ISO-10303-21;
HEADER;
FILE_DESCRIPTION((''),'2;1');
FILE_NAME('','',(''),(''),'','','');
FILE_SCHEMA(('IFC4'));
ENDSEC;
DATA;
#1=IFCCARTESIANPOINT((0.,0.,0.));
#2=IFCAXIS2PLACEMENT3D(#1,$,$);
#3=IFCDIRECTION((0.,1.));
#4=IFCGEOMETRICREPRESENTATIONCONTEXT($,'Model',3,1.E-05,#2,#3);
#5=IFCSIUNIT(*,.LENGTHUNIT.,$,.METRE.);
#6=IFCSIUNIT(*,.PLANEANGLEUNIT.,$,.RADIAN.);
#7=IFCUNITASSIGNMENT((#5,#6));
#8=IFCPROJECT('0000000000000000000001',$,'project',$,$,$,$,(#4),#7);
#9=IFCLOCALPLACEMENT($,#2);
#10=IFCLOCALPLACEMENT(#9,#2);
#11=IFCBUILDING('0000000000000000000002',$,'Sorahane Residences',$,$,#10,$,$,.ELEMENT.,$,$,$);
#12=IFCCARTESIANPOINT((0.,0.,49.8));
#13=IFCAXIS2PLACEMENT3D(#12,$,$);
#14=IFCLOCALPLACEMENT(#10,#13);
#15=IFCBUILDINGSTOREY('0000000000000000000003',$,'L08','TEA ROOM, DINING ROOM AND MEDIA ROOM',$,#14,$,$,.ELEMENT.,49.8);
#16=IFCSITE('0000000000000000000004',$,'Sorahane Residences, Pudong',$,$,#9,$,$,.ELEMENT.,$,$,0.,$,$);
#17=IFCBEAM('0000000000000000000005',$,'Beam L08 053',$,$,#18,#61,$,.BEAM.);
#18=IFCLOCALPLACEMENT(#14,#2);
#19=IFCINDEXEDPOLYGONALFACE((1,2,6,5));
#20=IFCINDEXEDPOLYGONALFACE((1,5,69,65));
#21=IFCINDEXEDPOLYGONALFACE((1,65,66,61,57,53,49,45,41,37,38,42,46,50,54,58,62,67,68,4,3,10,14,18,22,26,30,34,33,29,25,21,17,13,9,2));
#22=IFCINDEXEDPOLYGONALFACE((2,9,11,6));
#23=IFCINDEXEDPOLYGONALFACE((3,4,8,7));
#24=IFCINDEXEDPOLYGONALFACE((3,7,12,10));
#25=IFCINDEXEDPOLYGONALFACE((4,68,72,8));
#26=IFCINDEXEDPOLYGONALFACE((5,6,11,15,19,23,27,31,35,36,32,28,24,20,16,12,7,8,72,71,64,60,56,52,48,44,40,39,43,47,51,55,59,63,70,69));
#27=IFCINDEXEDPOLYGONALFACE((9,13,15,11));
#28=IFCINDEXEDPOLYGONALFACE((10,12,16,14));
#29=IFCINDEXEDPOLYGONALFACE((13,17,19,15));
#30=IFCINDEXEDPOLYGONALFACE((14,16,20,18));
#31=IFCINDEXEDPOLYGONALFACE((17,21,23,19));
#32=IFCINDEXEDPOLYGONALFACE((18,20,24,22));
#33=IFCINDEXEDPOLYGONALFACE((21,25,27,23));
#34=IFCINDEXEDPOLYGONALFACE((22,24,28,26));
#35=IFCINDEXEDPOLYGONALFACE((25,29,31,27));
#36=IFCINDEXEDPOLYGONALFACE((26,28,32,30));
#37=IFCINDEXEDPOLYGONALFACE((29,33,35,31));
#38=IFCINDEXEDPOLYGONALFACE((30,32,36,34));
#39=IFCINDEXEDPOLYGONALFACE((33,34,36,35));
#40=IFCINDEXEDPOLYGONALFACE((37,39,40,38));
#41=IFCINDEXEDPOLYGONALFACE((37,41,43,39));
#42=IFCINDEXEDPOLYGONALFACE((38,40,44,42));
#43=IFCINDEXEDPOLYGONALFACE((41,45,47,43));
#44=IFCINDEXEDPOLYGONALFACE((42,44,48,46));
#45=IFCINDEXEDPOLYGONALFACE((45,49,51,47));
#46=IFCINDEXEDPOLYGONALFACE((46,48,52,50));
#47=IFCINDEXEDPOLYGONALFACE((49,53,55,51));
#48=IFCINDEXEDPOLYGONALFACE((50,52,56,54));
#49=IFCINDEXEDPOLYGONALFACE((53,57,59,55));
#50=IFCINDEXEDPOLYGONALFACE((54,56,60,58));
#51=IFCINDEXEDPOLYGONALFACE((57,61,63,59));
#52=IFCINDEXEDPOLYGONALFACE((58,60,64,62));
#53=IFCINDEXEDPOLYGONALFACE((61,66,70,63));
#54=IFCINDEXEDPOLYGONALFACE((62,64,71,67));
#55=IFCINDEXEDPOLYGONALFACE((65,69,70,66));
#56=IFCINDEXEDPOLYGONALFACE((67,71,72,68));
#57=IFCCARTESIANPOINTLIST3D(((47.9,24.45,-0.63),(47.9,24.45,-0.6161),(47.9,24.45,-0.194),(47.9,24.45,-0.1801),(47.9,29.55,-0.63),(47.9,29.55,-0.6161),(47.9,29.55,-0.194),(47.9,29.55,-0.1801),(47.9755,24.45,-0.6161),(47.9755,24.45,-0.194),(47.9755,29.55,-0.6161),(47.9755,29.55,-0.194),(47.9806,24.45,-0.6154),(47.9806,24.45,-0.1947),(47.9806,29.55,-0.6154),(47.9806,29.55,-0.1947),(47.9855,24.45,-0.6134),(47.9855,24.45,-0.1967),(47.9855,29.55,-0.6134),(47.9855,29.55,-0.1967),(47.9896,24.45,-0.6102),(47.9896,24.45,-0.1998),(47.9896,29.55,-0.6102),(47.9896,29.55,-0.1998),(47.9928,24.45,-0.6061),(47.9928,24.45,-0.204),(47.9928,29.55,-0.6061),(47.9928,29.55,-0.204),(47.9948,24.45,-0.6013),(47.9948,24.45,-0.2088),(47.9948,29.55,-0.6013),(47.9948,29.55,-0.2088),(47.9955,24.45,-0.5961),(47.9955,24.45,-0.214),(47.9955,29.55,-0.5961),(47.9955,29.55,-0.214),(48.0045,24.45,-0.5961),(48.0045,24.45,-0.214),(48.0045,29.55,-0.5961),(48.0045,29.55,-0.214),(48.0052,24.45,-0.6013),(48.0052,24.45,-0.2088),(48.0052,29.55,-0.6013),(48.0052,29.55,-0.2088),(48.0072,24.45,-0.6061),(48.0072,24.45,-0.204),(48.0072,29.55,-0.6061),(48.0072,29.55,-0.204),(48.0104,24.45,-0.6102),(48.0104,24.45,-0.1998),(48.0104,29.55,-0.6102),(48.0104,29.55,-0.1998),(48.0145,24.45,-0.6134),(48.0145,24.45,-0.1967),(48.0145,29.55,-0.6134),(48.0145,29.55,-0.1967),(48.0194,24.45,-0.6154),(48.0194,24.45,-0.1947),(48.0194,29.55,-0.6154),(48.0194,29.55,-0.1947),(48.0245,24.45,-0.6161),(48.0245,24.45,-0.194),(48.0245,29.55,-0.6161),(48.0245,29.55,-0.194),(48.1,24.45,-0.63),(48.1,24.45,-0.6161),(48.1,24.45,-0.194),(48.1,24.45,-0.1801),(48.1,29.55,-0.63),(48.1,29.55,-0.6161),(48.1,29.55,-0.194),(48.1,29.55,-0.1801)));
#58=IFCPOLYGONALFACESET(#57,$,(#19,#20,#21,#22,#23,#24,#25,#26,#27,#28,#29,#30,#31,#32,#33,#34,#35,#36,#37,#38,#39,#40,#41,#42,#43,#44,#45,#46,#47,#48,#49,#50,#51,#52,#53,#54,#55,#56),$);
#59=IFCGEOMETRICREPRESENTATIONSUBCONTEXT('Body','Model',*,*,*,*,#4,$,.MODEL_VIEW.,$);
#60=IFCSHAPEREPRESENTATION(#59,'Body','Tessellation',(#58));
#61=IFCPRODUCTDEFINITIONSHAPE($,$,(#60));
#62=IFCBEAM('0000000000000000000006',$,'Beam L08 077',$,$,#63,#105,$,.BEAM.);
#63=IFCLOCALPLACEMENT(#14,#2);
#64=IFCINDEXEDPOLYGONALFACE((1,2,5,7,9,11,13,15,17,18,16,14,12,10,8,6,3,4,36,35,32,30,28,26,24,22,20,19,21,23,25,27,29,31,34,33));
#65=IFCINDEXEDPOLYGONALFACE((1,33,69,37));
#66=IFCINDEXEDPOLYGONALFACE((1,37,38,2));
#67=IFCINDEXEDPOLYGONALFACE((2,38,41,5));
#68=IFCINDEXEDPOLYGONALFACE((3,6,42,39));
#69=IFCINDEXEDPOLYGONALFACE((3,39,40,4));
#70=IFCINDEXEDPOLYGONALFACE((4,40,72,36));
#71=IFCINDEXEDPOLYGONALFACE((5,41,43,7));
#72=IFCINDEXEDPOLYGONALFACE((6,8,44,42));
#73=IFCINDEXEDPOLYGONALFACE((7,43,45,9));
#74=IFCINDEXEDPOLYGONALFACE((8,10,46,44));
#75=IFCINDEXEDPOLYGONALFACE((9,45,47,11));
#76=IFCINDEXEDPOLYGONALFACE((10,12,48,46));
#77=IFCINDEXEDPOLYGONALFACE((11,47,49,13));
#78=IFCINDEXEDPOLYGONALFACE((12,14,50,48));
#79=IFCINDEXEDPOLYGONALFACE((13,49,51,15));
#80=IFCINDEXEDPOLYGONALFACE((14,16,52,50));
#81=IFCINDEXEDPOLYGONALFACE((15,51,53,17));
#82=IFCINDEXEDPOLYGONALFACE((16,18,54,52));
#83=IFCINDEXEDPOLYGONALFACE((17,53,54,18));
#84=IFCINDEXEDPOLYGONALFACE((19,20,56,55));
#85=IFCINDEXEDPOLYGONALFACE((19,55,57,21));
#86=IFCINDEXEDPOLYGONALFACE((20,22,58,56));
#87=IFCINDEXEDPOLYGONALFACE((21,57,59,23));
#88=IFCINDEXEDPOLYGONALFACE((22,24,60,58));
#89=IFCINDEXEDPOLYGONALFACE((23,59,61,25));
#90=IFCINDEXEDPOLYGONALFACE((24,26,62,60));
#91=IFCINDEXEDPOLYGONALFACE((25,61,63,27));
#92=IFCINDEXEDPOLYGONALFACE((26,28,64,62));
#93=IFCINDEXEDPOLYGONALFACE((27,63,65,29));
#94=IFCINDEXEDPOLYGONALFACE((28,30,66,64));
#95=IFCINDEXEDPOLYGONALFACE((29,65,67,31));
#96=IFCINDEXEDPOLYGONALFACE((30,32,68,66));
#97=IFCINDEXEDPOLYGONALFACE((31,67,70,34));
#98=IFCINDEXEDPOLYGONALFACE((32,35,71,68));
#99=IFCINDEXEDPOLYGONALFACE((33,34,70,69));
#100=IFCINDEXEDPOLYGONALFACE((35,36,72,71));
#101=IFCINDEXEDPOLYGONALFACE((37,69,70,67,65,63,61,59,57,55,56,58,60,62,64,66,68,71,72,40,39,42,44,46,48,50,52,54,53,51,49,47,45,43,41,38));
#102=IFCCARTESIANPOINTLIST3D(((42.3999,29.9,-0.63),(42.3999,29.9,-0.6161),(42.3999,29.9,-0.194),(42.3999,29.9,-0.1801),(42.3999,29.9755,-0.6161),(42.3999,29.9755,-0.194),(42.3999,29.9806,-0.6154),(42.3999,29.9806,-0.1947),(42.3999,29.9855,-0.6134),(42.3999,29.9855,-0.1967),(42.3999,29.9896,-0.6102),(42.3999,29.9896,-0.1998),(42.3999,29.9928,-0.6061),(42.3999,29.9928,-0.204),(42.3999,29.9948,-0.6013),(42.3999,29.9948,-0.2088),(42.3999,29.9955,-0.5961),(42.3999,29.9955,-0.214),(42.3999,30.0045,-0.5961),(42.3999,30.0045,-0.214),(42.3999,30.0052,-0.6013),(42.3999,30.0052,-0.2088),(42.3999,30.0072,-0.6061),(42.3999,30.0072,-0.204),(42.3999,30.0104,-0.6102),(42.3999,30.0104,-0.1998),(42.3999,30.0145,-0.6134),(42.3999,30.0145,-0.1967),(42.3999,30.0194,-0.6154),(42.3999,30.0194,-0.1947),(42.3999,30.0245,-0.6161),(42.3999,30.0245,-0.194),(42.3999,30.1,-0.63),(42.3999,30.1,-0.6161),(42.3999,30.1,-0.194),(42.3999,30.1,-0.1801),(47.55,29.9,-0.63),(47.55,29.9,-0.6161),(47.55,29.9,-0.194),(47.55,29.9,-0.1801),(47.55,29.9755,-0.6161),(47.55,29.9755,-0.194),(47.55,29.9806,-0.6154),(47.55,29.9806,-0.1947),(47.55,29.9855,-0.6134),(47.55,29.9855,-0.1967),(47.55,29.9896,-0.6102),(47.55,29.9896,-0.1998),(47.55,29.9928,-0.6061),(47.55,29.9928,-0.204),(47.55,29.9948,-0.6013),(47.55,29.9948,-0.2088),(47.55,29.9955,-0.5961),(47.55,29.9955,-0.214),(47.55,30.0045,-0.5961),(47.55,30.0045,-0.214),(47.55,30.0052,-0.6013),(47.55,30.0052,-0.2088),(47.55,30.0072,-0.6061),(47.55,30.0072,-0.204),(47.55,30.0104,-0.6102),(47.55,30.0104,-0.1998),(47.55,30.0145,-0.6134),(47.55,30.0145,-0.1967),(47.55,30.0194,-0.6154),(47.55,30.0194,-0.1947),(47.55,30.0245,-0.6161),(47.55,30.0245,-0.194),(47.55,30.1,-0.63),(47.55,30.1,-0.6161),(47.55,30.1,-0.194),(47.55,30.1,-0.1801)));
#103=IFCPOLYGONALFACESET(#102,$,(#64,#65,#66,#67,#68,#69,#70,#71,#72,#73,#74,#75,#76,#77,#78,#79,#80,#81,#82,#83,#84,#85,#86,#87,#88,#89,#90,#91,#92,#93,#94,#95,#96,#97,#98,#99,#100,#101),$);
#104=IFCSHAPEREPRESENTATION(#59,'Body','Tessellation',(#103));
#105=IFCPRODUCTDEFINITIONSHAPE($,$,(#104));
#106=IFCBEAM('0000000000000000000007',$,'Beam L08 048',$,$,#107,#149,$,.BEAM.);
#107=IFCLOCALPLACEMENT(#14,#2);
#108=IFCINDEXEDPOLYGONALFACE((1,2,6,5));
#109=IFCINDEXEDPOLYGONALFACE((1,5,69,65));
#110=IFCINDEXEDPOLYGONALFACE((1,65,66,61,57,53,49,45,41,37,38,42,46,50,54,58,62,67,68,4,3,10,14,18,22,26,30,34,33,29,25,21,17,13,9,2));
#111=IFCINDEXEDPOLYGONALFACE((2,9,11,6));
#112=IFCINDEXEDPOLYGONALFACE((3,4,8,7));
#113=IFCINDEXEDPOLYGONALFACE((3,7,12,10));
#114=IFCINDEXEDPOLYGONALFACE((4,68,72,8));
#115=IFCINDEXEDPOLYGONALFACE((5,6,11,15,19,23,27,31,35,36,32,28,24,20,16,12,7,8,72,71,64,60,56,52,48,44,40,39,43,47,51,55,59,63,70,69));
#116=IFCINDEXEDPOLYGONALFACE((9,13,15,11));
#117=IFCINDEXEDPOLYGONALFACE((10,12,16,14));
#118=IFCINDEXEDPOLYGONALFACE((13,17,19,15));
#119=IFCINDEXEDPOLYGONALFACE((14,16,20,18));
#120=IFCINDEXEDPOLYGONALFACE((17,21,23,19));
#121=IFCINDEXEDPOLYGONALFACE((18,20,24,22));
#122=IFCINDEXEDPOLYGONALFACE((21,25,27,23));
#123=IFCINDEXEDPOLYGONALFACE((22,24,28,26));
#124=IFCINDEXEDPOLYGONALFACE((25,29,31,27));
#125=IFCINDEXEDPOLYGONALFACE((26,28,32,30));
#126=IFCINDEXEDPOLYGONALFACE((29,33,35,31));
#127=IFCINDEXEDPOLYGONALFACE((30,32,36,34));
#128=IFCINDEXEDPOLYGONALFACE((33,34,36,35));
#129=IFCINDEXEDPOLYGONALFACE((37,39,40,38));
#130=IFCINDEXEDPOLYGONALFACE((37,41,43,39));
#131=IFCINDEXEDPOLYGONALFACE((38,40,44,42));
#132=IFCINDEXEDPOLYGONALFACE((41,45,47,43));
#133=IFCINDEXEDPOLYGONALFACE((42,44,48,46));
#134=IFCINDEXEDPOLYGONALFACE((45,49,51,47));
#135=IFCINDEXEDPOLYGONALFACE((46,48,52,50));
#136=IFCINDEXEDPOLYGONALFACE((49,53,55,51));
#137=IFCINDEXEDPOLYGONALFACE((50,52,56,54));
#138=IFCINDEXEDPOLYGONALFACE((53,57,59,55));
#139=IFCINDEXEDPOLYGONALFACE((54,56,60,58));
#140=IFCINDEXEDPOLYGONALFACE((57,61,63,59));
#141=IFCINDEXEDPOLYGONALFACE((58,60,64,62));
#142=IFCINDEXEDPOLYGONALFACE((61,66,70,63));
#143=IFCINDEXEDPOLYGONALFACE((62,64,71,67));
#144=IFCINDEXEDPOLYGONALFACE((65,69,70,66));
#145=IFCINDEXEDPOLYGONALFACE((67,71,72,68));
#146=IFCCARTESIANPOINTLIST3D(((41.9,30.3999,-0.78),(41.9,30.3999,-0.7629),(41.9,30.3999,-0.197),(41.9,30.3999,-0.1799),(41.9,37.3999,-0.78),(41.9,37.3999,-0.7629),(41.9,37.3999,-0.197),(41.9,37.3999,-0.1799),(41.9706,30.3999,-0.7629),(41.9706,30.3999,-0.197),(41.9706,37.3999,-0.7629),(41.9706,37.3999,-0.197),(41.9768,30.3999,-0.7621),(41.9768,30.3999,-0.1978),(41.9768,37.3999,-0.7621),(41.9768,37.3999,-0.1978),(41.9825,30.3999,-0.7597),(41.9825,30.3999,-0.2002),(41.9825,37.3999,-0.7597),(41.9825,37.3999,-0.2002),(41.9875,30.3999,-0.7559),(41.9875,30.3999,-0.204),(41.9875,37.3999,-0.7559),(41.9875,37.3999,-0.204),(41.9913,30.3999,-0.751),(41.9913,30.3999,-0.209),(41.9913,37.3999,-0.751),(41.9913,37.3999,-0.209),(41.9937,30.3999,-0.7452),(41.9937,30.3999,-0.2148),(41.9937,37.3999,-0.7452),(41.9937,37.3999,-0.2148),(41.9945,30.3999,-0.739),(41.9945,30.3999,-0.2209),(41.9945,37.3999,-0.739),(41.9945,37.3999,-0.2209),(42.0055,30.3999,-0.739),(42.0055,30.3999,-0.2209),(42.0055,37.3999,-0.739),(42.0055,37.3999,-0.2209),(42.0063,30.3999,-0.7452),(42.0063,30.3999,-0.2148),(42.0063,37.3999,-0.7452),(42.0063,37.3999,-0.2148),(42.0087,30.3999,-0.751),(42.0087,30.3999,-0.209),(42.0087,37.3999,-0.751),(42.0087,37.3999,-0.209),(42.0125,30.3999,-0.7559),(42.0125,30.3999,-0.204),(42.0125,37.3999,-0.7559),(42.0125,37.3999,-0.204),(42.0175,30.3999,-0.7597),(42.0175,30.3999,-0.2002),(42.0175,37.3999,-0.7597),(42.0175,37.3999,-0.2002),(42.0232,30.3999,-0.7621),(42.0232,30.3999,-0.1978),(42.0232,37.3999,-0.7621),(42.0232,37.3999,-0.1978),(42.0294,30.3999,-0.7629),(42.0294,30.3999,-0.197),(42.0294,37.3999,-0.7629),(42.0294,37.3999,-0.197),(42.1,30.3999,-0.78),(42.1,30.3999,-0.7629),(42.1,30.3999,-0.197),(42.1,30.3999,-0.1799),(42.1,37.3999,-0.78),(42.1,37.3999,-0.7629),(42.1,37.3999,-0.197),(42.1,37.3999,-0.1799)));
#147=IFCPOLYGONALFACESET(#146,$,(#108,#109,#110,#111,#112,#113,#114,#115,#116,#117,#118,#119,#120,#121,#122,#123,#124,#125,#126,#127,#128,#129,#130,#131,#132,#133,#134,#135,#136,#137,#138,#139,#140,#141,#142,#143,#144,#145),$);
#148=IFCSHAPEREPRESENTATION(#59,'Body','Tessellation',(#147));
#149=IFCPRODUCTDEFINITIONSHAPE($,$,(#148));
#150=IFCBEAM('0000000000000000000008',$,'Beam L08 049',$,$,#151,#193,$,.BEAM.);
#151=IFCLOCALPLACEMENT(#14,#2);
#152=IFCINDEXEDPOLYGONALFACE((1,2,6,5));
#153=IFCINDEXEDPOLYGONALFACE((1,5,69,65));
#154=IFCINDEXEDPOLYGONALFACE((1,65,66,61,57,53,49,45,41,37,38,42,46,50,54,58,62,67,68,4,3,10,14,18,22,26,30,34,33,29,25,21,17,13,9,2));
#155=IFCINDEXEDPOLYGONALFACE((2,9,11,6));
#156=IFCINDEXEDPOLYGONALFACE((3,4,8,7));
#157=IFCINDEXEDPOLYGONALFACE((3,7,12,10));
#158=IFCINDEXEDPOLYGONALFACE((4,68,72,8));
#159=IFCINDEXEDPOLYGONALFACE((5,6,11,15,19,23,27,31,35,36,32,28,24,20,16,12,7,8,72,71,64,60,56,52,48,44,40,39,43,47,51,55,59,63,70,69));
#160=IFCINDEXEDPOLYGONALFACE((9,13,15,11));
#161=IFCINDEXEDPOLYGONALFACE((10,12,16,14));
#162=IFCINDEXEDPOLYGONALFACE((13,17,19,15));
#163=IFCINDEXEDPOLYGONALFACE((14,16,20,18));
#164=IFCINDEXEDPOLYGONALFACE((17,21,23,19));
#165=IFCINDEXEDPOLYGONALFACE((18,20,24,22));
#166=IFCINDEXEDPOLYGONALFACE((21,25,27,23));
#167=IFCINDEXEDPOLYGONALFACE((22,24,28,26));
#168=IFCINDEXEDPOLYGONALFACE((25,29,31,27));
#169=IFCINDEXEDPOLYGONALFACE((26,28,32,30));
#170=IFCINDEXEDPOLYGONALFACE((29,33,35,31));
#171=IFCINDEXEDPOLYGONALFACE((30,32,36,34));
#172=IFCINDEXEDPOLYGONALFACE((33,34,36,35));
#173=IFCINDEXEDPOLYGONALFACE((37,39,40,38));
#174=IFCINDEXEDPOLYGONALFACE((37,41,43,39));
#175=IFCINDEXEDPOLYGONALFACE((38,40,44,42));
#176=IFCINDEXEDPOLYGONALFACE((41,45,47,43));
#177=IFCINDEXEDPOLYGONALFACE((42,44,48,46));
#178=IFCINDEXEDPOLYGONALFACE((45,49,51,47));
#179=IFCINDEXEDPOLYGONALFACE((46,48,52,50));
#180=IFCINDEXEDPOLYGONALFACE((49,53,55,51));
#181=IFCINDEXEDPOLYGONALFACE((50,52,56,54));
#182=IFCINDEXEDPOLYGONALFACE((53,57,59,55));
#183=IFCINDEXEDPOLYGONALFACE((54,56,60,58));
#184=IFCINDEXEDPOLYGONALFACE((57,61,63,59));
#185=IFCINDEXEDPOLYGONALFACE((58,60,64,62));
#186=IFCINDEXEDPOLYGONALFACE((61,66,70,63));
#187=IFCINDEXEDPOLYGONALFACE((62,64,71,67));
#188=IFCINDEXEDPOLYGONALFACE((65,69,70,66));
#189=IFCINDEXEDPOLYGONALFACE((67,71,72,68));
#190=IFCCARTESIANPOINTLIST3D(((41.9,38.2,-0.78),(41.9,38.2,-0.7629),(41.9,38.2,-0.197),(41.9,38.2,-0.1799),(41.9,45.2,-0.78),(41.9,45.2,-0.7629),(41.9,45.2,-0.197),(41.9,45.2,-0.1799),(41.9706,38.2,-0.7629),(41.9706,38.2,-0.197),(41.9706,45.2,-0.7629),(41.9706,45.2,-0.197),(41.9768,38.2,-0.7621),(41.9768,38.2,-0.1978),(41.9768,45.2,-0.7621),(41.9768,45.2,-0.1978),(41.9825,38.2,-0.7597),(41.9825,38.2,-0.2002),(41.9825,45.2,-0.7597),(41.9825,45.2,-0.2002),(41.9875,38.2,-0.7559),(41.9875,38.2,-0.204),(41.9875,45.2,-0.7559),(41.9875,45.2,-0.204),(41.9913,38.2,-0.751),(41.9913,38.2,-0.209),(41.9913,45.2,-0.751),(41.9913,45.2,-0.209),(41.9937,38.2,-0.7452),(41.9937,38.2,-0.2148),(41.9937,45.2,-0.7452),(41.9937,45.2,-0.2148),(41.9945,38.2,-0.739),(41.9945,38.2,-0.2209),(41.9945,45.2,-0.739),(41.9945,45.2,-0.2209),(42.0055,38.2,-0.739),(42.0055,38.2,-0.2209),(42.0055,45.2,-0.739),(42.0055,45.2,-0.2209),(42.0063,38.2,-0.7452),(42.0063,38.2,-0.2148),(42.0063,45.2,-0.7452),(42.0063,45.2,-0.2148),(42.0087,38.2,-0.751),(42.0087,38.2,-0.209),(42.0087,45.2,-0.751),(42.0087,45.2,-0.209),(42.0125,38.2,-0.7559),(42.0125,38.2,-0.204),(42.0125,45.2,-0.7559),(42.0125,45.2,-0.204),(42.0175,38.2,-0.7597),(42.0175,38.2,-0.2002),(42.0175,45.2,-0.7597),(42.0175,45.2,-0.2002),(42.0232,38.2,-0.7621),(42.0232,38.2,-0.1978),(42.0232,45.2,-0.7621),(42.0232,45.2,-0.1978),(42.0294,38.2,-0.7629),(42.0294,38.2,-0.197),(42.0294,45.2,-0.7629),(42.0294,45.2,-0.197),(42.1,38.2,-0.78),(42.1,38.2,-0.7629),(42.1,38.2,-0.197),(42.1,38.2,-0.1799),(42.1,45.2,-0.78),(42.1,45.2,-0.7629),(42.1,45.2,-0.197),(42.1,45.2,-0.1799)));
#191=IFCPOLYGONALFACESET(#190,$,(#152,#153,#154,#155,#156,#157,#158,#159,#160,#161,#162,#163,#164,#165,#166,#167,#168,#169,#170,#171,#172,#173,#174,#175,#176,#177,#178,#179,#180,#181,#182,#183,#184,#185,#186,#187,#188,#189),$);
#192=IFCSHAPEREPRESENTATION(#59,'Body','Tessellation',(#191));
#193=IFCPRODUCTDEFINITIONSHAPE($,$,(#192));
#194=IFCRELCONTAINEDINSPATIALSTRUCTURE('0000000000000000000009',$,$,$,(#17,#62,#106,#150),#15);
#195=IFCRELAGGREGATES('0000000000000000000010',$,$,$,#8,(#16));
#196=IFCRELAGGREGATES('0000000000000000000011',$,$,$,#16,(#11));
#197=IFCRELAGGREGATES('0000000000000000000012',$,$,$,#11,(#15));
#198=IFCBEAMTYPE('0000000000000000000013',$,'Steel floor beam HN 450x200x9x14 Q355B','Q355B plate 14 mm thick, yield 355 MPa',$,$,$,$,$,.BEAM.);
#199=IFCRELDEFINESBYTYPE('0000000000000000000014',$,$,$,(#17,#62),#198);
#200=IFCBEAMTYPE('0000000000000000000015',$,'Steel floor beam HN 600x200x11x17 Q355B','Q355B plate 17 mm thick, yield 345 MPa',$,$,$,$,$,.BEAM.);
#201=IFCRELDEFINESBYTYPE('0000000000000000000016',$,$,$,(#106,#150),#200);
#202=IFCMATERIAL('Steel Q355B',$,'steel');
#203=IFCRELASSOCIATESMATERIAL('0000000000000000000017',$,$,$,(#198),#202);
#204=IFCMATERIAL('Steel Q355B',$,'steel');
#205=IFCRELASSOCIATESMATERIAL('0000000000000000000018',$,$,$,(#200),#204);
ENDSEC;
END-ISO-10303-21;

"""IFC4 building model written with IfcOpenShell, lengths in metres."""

from ifc_helpers import new_model, si_unit, direction, frame, origin, origin_2d, place, context, subcontext, project, spatial, i_section, extrude, material, material_profile, profile_set, type_object, element, save


model = new_model("IFC4")

# Units and contexts
model_context = context("Model", 3, precision=1e-05, world=origin(), true_north=direction((0.0, 1.0)))
body_context = subcontext(model_context, "Body", "Model", "MODEL_VIEW")
ifc_project = project(units=[si_unit("LENGTHUNIT", "METRE"), si_unit("PLANEANGLEUNIT", "RADIAN")], contexts=[model_context])

# Site, building, storey
site_placement = place(None, origin())
site = spatial("IfcSite", under=ifc_project, at=site_placement, Name="Sorahane Residences, Pudong", CompositionType="ELEMENT", RefElevation=0.0)
building_placement = place(site_placement, origin())
building = spatial("IfcBuilding", under=site, at=building_placement, Name="Sorahane Residences", CompositionType="ELEMENT")
storey_placement = place(building_placement, frame((0.0, 0.0, 49.8)))
storey = spatial("IfcBuildingStorey", under=building, at=storey_placement, Name="L08", Description="TEA ROOM, DINING ROOM AND MEDIA ROOM", CompositionType="ELEMENT", Elevation=49.8)

# Beams
ifc_material_1 = material(Name="Steel Q355B", Category="steel")
ifc_material_profile_1 = material_profile(ifc_material_1, i_section(OverallWidth=0.2, OverallDepth=0.45, WebThickness=0.009, FlangeThickness=0.0139, FilletRadius=0.02, at=origin_2d()), Name="HN 450x200x9x14")
ifc_profile_set_1 = profile_set([ifc_material_profile_1], Name="Steel Q355B")
beam_type_1 = type_object("IfcBeamType", Name="Steel floor beam HN 450x200x9x14 Q355B", Description="Q355B plate 14 mm thick, yield 355 MPa", PredefinedType="BEAM", material=ifc_profile_set_1)
beam_1_placement = place(storey_placement, frame((48.0, 24.45, -0.405), z_axis=(0.0, 1.0, 0.0), x_axis=(-1.0, 0.0, 0.0)))
element("IfcBeam", 1, at=beam_1_placement, inside=storey, type_object=beam_type_1, Name="Beam L08 053", PredefinedType="BEAM", context=body_context, shape_type="SweptSolid", body=[
    extrude(i_section(OverallWidth=0.2, OverallDepth=0.45, WebThickness=0.009, FlangeThickness=0.0139, FilletRadius=0.02, at=origin_2d()), origin(), (0.0, 0.0, 1.0), 5.1001),
])
beam_2_placement = place(storey_placement, frame((42.3999, 30.0, -0.405), z_axis=(1.0, 0.0, 0.0), x_axis=(0.0, 1.0, 0.0)))
element("IfcBeam", 2, at=beam_2_placement, inside=storey, type_object=beam_type_1, Name="Beam L08 077", PredefinedType="BEAM", context=body_context, shape_type="SweptSolid", body=[
    extrude(i_section(OverallWidth=0.2, OverallDepth=0.45, WebThickness=0.009, FlangeThickness=0.0139, FilletRadius=0.02, at=origin_2d()), origin(), (0.0, 0.0, 1.0), 5.1501),
])
ifc_material_2 = material(Name="Steel Q355B", Category="steel")
ifc_material_profile_2 = material_profile(ifc_material_2, i_section(OverallWidth=0.2, OverallDepth=0.6001, WebThickness=0.011, FlangeThickness=0.0171, FilletRadius=0.0239, at=origin_2d()), Name="HN 600x200x11x17")
ifc_profile_set_2 = profile_set([ifc_material_profile_2], Name="Steel Q355B")
beam_type_2 = type_object("IfcBeamType", Name="Steel floor beam HN 600x200x11x17 Q355B", Description="Q355B plate 17 mm thick, yield 345 MPa", PredefinedType="BEAM", material=ifc_profile_set_2)
for number, where, z_axis, x_axis, name in (
    (3, (42.0, 30.3999, -0.48), (0.0, 1.0, 0.0), (-1.0, 0.0, 0.0), "Beam L08 048"),
    (4, (42.0, 38.2, -0.48), (0.0, 1.0, 0.0), (-1.0, 0.0, 0.0), "Beam L08 049"),
):
    element("IfcBeam", number, at=place(storey_placement, frame(where, z_axis=z_axis, x_axis=x_axis)), inside=storey, type_object=beam_type_2, Name=name, PredefinedType="BEAM", context=body_context, shape_type="SweptSolid", body=[
        extrude(i_section(OverallWidth=0.2, OverallDepth=0.6001, WebThickness=0.011, FlangeThickness=0.0171, FilletRadius=0.0239, at=origin_2d()), origin(), (0.0, 0.0, 1.0), 7.0),
    ])

save(model, "model.ifc")
